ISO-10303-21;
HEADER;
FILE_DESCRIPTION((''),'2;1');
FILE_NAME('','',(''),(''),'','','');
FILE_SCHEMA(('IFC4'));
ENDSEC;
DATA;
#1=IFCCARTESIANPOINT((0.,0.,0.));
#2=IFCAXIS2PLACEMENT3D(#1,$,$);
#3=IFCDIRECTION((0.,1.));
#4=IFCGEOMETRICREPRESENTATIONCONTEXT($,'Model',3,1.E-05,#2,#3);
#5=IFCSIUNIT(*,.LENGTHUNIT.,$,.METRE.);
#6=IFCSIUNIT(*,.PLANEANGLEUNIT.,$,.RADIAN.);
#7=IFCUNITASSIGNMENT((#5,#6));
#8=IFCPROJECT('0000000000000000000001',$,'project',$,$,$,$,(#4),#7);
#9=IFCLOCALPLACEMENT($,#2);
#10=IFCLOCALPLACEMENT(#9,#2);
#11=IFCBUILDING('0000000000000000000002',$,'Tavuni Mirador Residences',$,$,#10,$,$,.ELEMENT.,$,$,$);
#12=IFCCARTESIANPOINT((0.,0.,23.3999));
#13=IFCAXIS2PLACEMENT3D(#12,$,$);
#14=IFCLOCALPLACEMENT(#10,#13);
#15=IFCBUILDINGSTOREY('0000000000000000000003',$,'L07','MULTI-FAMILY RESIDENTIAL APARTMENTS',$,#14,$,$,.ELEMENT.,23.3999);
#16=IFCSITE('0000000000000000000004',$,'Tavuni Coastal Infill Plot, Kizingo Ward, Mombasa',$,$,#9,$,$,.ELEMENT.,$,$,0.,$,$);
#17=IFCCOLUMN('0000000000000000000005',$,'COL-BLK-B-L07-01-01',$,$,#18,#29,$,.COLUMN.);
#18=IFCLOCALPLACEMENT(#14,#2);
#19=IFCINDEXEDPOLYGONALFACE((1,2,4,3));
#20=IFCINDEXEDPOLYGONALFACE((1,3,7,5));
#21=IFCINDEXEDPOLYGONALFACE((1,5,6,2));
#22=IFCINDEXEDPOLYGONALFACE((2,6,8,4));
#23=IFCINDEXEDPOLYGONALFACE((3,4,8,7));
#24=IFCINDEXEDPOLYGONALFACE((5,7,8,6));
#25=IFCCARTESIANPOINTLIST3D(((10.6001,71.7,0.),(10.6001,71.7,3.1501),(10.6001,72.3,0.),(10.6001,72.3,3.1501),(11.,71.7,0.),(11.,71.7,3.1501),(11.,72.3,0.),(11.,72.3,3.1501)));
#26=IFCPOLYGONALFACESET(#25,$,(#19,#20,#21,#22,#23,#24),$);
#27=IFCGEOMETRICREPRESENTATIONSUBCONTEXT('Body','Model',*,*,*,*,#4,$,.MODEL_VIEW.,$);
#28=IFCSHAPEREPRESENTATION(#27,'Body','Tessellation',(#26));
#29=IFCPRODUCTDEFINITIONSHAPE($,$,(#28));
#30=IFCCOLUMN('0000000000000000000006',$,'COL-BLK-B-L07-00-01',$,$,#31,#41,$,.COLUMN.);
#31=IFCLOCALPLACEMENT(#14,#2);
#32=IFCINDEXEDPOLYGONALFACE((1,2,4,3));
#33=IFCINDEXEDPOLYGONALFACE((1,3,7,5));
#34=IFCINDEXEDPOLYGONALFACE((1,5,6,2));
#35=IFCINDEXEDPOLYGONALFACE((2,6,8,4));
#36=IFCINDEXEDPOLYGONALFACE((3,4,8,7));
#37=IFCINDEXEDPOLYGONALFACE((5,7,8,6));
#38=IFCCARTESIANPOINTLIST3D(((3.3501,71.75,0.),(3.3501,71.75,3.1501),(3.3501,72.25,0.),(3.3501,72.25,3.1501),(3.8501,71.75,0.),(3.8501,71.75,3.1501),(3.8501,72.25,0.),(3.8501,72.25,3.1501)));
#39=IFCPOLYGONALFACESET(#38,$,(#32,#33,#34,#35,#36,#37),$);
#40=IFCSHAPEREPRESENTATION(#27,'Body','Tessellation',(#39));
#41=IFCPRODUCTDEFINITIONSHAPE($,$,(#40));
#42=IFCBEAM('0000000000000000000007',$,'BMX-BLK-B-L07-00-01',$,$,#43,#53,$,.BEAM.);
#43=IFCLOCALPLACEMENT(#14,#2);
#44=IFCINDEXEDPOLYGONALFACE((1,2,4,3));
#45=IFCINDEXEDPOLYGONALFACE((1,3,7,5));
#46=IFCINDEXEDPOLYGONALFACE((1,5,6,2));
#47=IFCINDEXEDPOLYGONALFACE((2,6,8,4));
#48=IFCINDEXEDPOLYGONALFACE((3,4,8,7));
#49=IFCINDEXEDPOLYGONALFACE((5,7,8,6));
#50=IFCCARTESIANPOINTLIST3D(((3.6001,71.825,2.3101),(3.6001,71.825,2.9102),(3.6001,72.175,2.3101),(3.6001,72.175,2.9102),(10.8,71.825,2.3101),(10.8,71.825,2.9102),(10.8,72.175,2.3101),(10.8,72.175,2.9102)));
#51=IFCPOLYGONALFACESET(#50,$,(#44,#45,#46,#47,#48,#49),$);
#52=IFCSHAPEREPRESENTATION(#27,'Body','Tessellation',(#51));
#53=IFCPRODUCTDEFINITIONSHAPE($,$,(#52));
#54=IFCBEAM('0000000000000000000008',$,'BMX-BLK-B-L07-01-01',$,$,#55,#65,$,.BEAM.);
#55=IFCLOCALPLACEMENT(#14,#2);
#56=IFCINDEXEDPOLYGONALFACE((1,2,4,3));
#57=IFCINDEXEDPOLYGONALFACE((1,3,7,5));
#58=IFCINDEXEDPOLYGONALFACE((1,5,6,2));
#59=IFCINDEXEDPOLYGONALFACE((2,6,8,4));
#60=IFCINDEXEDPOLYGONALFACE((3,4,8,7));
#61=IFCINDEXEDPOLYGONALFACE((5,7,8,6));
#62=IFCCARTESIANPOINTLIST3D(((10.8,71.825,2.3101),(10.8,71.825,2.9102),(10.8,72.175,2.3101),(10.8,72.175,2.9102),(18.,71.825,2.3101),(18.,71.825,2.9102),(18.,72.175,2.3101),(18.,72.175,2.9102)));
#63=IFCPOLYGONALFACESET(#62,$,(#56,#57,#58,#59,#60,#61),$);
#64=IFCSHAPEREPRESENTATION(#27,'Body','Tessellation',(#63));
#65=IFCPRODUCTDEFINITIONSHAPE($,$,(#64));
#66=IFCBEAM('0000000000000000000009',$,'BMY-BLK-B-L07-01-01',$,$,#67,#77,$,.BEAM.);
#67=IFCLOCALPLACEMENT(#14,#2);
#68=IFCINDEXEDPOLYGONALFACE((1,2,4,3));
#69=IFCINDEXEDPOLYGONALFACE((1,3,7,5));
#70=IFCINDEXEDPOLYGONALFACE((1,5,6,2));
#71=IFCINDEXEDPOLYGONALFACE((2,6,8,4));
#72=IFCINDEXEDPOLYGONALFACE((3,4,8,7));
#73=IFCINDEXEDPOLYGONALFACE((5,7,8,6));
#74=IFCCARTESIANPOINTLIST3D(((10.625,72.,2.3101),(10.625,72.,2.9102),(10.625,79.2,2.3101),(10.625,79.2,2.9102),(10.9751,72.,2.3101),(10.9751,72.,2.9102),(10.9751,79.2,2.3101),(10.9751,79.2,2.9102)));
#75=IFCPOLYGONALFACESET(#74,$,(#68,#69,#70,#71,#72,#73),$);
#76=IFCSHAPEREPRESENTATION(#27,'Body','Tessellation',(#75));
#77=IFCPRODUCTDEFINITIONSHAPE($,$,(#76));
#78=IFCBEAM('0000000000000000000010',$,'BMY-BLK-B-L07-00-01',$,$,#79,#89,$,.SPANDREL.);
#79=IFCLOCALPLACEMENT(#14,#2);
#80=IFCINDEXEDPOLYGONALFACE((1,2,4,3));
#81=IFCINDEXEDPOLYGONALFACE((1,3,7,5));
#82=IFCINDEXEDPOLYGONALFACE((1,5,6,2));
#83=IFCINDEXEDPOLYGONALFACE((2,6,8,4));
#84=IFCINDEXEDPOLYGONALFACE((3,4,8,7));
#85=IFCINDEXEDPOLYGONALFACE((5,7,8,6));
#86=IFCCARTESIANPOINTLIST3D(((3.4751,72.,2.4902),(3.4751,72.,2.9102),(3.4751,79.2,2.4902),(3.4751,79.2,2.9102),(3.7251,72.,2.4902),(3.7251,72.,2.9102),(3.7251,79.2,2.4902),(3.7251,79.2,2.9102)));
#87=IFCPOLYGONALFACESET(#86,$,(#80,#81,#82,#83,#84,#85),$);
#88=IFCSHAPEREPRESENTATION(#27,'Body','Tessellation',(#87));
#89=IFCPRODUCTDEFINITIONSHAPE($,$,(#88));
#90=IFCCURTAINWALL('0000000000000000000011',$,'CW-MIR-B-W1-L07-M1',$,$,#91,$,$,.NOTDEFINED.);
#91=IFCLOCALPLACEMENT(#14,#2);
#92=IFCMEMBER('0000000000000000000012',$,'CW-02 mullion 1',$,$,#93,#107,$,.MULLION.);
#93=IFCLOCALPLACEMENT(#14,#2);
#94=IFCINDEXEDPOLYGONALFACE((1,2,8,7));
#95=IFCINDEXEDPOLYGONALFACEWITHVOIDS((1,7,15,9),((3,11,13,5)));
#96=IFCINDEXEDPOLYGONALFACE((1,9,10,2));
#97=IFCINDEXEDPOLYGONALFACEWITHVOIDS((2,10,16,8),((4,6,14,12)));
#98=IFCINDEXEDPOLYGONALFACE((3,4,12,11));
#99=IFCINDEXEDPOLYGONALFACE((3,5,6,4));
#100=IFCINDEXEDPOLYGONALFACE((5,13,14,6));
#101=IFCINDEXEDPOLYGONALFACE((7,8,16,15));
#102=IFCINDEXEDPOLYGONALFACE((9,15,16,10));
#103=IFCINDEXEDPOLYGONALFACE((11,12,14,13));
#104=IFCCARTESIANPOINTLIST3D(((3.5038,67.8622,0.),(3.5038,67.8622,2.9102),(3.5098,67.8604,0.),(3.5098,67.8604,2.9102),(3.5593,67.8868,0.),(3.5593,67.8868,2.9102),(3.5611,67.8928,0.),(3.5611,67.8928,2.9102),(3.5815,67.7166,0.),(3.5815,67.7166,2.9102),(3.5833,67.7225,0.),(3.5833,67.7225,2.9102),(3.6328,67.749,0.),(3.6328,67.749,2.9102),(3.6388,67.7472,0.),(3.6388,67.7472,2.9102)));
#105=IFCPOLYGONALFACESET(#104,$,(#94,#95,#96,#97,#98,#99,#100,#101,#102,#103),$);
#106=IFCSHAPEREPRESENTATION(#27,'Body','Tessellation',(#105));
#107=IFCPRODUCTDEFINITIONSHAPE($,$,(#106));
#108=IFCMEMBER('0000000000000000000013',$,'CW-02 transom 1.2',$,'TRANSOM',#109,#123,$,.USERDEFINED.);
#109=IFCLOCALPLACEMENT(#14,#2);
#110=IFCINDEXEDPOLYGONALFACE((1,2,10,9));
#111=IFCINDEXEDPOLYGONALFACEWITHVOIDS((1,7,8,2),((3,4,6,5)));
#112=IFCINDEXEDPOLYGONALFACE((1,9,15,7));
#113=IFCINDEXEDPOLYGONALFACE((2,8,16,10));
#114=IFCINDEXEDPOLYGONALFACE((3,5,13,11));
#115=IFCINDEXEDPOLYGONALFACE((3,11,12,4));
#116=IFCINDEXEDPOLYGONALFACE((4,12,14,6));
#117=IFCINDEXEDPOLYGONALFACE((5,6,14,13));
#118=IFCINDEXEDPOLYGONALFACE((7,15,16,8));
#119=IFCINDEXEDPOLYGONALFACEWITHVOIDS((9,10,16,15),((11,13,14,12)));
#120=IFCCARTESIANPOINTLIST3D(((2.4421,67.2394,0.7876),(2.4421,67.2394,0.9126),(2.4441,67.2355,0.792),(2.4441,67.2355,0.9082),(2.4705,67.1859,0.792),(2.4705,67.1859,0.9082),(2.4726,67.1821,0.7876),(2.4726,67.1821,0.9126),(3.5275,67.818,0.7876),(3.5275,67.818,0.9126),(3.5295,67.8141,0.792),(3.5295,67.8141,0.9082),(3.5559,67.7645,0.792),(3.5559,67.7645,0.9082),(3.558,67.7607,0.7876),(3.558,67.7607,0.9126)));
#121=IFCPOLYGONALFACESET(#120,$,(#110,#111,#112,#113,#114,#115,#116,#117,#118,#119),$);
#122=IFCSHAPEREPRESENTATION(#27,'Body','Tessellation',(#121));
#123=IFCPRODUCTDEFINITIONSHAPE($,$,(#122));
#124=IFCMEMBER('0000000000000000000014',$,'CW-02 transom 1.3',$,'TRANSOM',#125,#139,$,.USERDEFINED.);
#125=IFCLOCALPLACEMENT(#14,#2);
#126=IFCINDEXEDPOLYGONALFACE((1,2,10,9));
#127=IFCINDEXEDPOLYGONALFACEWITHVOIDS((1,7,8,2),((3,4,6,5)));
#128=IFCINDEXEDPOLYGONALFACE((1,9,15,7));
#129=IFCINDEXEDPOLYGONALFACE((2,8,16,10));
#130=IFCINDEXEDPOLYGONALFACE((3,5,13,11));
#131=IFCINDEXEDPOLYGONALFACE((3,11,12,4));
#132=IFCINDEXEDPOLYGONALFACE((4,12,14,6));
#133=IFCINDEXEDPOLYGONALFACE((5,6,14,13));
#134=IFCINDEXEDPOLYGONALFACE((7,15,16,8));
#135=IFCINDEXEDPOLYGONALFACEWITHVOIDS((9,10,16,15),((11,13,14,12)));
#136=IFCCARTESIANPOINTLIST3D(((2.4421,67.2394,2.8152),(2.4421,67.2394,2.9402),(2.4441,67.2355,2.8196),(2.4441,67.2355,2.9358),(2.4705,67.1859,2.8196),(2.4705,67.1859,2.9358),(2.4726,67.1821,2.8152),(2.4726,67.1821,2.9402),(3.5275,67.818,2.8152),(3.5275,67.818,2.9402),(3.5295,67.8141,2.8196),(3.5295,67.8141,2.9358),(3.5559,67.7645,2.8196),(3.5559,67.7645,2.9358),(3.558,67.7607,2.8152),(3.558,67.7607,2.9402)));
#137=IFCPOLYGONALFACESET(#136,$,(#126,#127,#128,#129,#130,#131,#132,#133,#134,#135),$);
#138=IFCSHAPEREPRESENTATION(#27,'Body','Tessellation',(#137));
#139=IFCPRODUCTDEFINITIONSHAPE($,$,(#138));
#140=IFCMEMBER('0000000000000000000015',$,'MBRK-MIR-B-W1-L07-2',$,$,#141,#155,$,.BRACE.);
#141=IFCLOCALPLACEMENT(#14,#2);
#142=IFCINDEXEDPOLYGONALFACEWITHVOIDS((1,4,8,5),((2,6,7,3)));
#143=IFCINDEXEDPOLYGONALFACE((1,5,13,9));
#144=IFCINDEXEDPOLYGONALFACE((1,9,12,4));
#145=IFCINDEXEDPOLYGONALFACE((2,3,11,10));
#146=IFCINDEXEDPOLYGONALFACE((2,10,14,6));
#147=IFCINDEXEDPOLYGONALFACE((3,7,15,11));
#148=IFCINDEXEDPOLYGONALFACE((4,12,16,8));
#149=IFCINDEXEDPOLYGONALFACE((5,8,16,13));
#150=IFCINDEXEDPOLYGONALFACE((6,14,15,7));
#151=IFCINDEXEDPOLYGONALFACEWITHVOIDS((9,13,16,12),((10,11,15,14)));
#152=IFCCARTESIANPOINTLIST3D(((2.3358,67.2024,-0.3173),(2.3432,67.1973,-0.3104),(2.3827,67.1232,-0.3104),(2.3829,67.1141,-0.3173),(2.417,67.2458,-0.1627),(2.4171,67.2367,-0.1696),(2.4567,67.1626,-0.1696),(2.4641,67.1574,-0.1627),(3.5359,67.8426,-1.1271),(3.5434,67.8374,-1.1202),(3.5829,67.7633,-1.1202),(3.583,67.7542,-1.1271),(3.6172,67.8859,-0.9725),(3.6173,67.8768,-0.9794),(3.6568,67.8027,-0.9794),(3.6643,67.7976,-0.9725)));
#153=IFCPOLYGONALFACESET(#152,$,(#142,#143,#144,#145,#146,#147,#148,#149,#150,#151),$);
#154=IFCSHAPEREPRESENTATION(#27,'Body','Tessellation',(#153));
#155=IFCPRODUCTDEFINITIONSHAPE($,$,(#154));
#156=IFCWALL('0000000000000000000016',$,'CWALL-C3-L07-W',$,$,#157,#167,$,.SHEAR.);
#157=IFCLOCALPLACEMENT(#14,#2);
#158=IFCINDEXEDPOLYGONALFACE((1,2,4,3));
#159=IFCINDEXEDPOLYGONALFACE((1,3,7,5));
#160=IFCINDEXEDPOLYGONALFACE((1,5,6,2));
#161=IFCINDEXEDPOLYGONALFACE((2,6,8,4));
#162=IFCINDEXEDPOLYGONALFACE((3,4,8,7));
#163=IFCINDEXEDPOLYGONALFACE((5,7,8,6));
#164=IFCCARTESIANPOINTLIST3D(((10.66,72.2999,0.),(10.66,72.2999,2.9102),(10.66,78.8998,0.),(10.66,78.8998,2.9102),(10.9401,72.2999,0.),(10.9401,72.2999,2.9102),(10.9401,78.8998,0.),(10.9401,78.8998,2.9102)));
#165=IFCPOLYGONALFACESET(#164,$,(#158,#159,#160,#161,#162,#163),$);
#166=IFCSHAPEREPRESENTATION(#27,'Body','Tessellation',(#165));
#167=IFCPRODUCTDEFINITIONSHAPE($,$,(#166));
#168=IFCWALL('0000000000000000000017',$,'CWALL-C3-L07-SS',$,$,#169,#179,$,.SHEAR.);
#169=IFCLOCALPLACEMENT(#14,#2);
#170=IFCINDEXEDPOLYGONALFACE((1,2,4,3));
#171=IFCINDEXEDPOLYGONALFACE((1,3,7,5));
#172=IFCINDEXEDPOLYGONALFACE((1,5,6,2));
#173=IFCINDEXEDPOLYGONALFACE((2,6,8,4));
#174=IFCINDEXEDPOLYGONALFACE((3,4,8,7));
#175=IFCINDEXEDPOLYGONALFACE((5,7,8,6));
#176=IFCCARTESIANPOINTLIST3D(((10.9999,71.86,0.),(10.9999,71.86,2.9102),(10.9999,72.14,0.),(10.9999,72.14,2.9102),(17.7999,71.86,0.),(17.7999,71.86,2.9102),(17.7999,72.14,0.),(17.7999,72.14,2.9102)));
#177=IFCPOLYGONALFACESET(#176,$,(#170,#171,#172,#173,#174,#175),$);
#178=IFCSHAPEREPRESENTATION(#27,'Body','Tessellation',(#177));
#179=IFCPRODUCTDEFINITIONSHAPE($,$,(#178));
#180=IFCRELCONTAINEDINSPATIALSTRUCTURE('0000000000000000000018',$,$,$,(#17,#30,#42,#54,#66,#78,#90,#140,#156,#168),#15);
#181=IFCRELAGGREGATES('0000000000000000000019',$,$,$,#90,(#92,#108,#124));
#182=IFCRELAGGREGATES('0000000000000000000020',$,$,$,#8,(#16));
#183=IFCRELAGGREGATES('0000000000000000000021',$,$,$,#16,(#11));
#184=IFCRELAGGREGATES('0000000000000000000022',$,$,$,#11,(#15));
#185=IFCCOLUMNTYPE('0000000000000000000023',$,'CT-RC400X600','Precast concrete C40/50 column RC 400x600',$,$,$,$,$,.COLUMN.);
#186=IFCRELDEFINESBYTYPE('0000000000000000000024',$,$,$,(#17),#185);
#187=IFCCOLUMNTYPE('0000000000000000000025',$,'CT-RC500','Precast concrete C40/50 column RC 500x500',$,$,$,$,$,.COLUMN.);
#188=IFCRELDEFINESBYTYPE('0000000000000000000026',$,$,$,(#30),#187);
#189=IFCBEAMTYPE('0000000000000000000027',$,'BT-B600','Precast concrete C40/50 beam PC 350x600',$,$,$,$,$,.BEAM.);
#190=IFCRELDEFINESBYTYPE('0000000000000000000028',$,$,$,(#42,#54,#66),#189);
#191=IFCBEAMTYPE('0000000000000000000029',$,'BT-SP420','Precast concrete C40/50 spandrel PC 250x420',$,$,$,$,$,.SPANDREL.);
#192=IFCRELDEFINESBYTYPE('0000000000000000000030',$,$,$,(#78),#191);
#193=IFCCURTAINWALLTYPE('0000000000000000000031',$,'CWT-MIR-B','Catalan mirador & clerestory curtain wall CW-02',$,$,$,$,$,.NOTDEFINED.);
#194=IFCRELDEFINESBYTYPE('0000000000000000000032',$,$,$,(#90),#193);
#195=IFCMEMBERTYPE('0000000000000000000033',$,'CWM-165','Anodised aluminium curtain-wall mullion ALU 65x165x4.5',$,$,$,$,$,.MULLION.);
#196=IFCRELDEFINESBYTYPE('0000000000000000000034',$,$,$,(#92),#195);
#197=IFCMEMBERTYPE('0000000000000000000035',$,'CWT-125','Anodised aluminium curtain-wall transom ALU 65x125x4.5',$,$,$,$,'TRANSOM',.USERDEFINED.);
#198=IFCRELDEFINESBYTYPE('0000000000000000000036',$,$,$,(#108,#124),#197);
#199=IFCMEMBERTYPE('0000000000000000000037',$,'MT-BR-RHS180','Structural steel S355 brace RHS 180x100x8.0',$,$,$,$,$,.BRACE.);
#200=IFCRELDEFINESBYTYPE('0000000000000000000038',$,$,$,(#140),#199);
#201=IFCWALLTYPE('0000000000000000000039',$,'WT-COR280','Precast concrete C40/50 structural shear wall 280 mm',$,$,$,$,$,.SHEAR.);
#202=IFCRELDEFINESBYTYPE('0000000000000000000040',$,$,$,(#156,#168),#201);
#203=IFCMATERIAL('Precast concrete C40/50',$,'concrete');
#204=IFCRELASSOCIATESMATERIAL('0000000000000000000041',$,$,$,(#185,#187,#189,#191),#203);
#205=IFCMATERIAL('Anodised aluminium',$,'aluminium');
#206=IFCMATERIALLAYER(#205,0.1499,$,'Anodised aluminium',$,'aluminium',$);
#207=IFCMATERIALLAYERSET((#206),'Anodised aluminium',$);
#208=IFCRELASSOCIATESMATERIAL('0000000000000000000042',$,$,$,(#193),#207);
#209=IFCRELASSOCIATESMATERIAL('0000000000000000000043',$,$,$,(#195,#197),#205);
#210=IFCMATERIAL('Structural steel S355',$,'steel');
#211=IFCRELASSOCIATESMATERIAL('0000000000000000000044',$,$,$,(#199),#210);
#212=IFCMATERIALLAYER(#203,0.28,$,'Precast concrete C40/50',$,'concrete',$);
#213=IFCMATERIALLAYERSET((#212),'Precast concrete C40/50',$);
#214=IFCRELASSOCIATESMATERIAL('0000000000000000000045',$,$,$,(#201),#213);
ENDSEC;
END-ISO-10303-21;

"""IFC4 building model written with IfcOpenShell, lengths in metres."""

from ifc_helpers import new_model, si_unit, direction, frame, frame_2d, origin, origin_2d, place, context, subcontext, project, spatial, rectangle, hollow_rectangle, extrude, material, layer, layer_set, material_profile, profile_set, type_object, element, aggregate, save


model = new_model("IFC4")

# Units and contexts
model_context = context("Model", 3, precision=1e-05, world=origin(), true_north=direction((0.0, 1.0)))
body_context = subcontext(model_context, "Body", "Model", "MODEL_VIEW")
ifc_project = project(units=[si_unit("LENGTHUNIT", "METRE"), si_unit("PLANEANGLEUNIT", "RADIAN")], contexts=[model_context])

# Site, building, storey
site_placement = place(None, origin())
site = spatial("IfcSite", under=ifc_project, at=site_placement, Name="Tavuni Coastal Infill Plot, Kizingo Ward, Mombasa", CompositionType="ELEMENT", RefElevation=0.0)
building_placement = place(site_placement, origin())
building = spatial("IfcBuilding", under=site, at=building_placement, Name="Tavuni Mirador Residences", CompositionType="ELEMENT")
storey_placement = place(building_placement, frame((0.0, 0.0, 23.3999)))
storey = spatial("IfcBuildingStorey", under=building, at=storey_placement, Name="L07", Description="MULTI-FAMILY RESIDENTIAL APARTMENTS", CompositionType="ELEMENT", Elevation=23.3999)

# Columns
ifc_material_1 = material(Name="Precast concrete C40/50", Category="concrete")
ifc_material_profile_1 = material_profile(ifc_material_1, rectangle(XDim=0.3999, YDim=0.6001, at=origin_2d()), Name="RC 400x600", Category="concrete")
ifc_profile_set_1 = profile_set([ifc_material_profile_1], Name="Precast concrete C40/50")
column_type_1 = type_object("IfcColumnType", Name="CT-RC400X600", Description="Precast concrete C40/50 column RC 400x600", PredefinedType="COLUMN", material=ifc_profile_set_1)
column_1_placement = place(storey_placement, frame((10.8, 72.0, 0.0), z_axis=(0.0, 0.0, 1.0), x_axis=(1.0, 0.0, 0.0)))
element("IfcColumn", 1, at=column_1_placement, inside=storey, type_object=column_type_1, Name="COL-BLK-B-L07-01-01", PredefinedType="COLUMN", context=body_context, shape_type="SweptSolid", body=[
    extrude(rectangle(XDim=0.3999, YDim=0.6001, at=origin_2d()), origin(), (0.0, 0.0, 1.0), 3.1501),
])
ifc_material_profile_2 = material_profile(ifc_material_1, rectangle(XDim=0.5, YDim=0.5, at=origin_2d()), Name="RC 500x500", Category="concrete")
ifc_profile_set_2 = profile_set([ifc_material_profile_2], Name="Precast concrete C40/50")
column_type_2 = type_object("IfcColumnType", Name="CT-RC500", Description="Precast concrete C40/50 column RC 500x500", PredefinedType="COLUMN", material=ifc_profile_set_2)
column_2_placement = place(storey_placement, frame((3.6001, 72.0, 0.0), z_axis=(0.0, 0.0, 1.0), x_axis=(1.0, 0.0, 0.0)))
element("IfcColumn", 2, at=column_2_placement, inside=storey, type_object=column_type_2, Name="COL-BLK-B-L07-00-01", PredefinedType="COLUMN", context=body_context, shape_type="SweptSolid", body=[
    extrude(rectangle(XDim=0.5, YDim=0.5, at=origin_2d()), origin(), (0.0, 0.0, 1.0), 3.1501),
])

# Beams
ifc_material_profile_3 = material_profile(ifc_material_1, rectangle(XDim=0.3501, YDim=0.6001, at=origin_2d()), Name="PC 350x600", Category="concrete")
ifc_profile_set_3 = profile_set([ifc_material_profile_3], Name="Precast concrete C40/50")
beam_type_1 = type_object("IfcBeamType", Name="BT-B600", Description="Precast concrete C40/50 beam PC 350x600", PredefinedType="BEAM", material=ifc_profile_set_3)
for number, where, z_axis, x_axis, name in (
    (3, (3.6001, 72.0, 2.6101), (1.0, 0.0, 0.0), (0.0, 1.0, 0.0), "BMX-BLK-B-L07-00-01"),
    (4, (10.8, 72.0, 2.6101), (1.0, 0.0, 0.0), (0.0, 1.0, 0.0), "BMX-BLK-B-L07-01-01"),
    (5, (10.8, 72.0, 2.6101), (0.0, 1.0, 0.0), (-1.0, 0.0, 0.0), "BMY-BLK-B-L07-01-01"),
):
    element("IfcBeam", number, at=place(storey_placement, frame(where, z_axis=z_axis, x_axis=x_axis)), inside=storey, type_object=beam_type_1, Name=name, PredefinedType="BEAM", context=body_context, shape_type="SweptSolid", body=[
        extrude(rectangle(XDim=0.3501, YDim=0.6001, at=origin_2d()), origin(), (0.0, 0.0, 1.0), 7.2),
    ])
ifc_material_profile_4 = material_profile(ifc_material_1, rectangle(XDim=0.25, YDim=0.4199, at=origin_2d()), Name="PC 250x420", Category="concrete")
ifc_profile_set_4 = profile_set([ifc_material_profile_4], Name="Precast concrete C40/50")
beam_type_2 = type_object("IfcBeamType", Name="BT-SP420", Description="Precast concrete C40/50 spandrel PC 250x420", PredefinedType="SPANDREL", material=ifc_profile_set_4)
beam_placement = place(storey_placement, frame((3.6001, 72.0, 2.7002), z_axis=(0.0, 1.0, 0.0), x_axis=(-1.0, 0.0, 0.0)))
element("IfcBeam", 6, at=beam_placement, inside=storey, type_object=beam_type_2, Name="BMY-BLK-B-L07-00-01", PredefinedType="SPANDREL", context=body_context, shape_type="SweptSolid", body=[
    extrude(rectangle(XDim=0.25, YDim=0.4199, at=origin_2d()), origin(), (0.0, 0.0, 1.0), 7.2),
])

# Curtain wall, members
ifc_material_2 = material(Name="Anodised aluminium", Category="aluminium")
ifc_layer_1 = layer(ifc_material_2, 0.1499, Name="Anodised aluminium", Category="aluminium")
ifc_layer_set_1 = layer_set([ifc_layer_1], Name="Anodised aluminium")
curtain_wall_type = type_object("IfcCurtainWallType", Name="CWT-MIR-B", Description="Catalan mirador & clerestory curtain wall CW-02", PredefinedType="NOTDEFINED", material=ifc_layer_set_1)
curtain_wall_placement = place(storey_placement, origin())
curtain_wall = element("IfcCurtainWall", 7, at=curtain_wall_placement, inside=storey, type_object=curtain_wall_type, Name="CW-MIR-B-W1-L07-M1", PredefinedType="NOTDEFINED")
ifc_material_profile_5 = material_profile(ifc_material_2, hollow_rectangle(XDim=0.0649, YDim=0.165, WallThickness=0.0044, at=origin_2d()), Name="ALU 65x165x4.5", Category="aluminium")
ifc_profile_set_5 = profile_set([ifc_material_profile_5], Name="Anodised aluminium")
member_type_1 = type_object("IfcMemberType", Name="CWM-165", Description="Anodised aluminium curtain-wall mullion ALU 65x165x4.5", PredefinedType="MULLION", material=ifc_profile_set_5)
member_1_placement = place(storey_placement, frame((3.5713, 67.8047, 0.0), z_axis=(0.0, 0.0, 1.0), x_axis=(-0.882353, -0.470588, 0.0)))
member_1 = element("IfcMember", 8, at=member_1_placement, type_object=member_type_1, Name="CW-02 mullion 1", PredefinedType="MULLION", context=body_context, shape_type="SweptSolid", body=[
    extrude(hollow_rectangle(XDim=0.0649, YDim=0.165, WallThickness=0.0044, at=origin_2d()), origin(), (0.0, 0.0, 1.0), 2.9102),
])
ifc_material_profile_6 = material_profile(ifc_material_2, hollow_rectangle(XDim=0.0649, YDim=0.125, WallThickness=0.0044, at=origin_2d()), Name="ALU 65x125x4.5", Category="aluminium")
ifc_profile_set_6 = profile_set([ifc_material_profile_6], Name="Anodised aluminium")
member_type_2 = type_object("IfcMemberType", Name="CWT-125", Description="Anodised aluminium curtain-wall transom ALU 65x125x4.5", ElementType="TRANSOM", PredefinedType="USERDEFINED", material=ifc_profile_set_6)
member_2_placement = place(storey_placement, frame((3.5427, 67.7893, 0.8501), z_axis=(-0.882452, -0.470403, 0.0), x_axis=(0.470403, -0.882452, 0.0)))
member_2 = element("IfcMember", 9, at=member_2_placement, type_object=member_type_2, Name="CW-02 transom 1.2", ObjectType="TRANSOM", PredefinedType="USERDEFINED", context=body_context, shape_type="SweptSolid", body=[
    extrude(hollow_rectangle(XDim=0.0649, YDim=0.125, WallThickness=0.0044, at=origin_2d()), origin(), (0.0, 0.0, 1.0), 1.23),
])
member_3_placement = place(storey_placement, frame((3.5427, 67.7893, 2.8777), z_axis=(-0.882452, -0.470403, 0.0), x_axis=(0.470403, -0.882452, 0.0)))
member_3 = element("IfcMember", 10, at=member_3_placement, type_object=member_type_2, Name="CW-02 transom 1.3", ObjectType="TRANSOM", PredefinedType="USERDEFINED", context=body_context, shape_type="SweptSolid", body=[
    extrude(hollow_rectangle(XDim=0.0649, YDim=0.125, WallThickness=0.0044, at=origin_2d()), origin(), (0.0, 0.0, 1.0), 1.23),
])
aggregate(curtain_wall, [member_1, member_2, member_3])

# Member
ifc_material_3 = material(Name="Structural steel S355", Category="steel")
ifc_material_profile_7 = material_profile(ifc_material_3, hollow_rectangle(XDim=0.1001, YDim=0.1799, WallThickness=0.0081, at=origin_2d()), Name="RHS 180x100x8.0", Category="steel")
ifc_profile_set_7 = profile_set([ifc_material_profile_7], Name="Structural steel S355")
member_type_3 = type_object("IfcMemberType", Name="MT-BR-RHS180", Description="Structural steel S355 brace RHS 180x100x8.0", PredefinedType="BRACE", material=ifc_profile_set_7)
member_4_placement = place(storey_placement, frame((3.6001, 67.8201, -1.0498), z_axis=(-0.758154, -0.40437, 0.511554), x_axis=(0.470607, -0.882343, 0.0)))
element("IfcMember", 11, at=member_4_placement, inside=storey, type_object=member_type_3, Name="MBRK-MIR-B-W1-L07-2", PredefinedType="BRACE", context=body_context, shape_type="SweptSolid", body=[
    extrude(hollow_rectangle(XDim=0.1001, YDim=0.1799, WallThickness=0.0081, at=origin_2d()), origin(), (0.0, 0.0, 1.0), 1.583),
])

# Walls
ifc_layer_2 = layer(ifc_material_1, 0.28, Name="Precast concrete C40/50", Category="concrete")
ifc_layer_set_2 = layer_set([ifc_layer_2], Name="Precast concrete C40/50")
wall_type_1 = type_object("IfcWallType", Name="WT-COR280", Description="Precast concrete C40/50 structural shear wall 280 mm", PredefinedType="SHEAR", material=ifc_layer_set_2)
wall_1_placement = place(storey_placement, frame((10.8, 72.3, 0.0), z_axis=(0.0, 0.0, 1.0), x_axis=(0.0, 1.0, 0.0)))
element("IfcWall", 12, at=wall_1_placement, inside=storey, type_object=wall_type_1, Name="CWALL-C3-L07-W", PredefinedType="SHEAR", context=body_context, shape_type="SweptSolid", body=[
    extrude(rectangle(XDim=6.5999, YDim=0.28, at=frame_2d((3.2998, 0.0))), origin(), (0.0, 0.0, 1.0), 2.9102),
])
wall_2_placement = place(storey_placement, frame((11.0, 72.0, 0.0), z_axis=(0.0, 0.0, 1.0), x_axis=(1.0, 0.0, 0.0)))
element("IfcWall", 13, at=wall_2_placement, inside=storey, type_object=wall_type_1, Name="CWALL-C3-L07-SS", PredefinedType="SHEAR", context=body_context, shape_type="SweptSolid", body=[
    extrude(rectangle(XDim=6.8, YDim=0.28, at=frame_2d((3.3999, 0.0))), origin(), (0.0, 0.0, 1.0), 2.9102),
])

save(model, "model.ifc")
